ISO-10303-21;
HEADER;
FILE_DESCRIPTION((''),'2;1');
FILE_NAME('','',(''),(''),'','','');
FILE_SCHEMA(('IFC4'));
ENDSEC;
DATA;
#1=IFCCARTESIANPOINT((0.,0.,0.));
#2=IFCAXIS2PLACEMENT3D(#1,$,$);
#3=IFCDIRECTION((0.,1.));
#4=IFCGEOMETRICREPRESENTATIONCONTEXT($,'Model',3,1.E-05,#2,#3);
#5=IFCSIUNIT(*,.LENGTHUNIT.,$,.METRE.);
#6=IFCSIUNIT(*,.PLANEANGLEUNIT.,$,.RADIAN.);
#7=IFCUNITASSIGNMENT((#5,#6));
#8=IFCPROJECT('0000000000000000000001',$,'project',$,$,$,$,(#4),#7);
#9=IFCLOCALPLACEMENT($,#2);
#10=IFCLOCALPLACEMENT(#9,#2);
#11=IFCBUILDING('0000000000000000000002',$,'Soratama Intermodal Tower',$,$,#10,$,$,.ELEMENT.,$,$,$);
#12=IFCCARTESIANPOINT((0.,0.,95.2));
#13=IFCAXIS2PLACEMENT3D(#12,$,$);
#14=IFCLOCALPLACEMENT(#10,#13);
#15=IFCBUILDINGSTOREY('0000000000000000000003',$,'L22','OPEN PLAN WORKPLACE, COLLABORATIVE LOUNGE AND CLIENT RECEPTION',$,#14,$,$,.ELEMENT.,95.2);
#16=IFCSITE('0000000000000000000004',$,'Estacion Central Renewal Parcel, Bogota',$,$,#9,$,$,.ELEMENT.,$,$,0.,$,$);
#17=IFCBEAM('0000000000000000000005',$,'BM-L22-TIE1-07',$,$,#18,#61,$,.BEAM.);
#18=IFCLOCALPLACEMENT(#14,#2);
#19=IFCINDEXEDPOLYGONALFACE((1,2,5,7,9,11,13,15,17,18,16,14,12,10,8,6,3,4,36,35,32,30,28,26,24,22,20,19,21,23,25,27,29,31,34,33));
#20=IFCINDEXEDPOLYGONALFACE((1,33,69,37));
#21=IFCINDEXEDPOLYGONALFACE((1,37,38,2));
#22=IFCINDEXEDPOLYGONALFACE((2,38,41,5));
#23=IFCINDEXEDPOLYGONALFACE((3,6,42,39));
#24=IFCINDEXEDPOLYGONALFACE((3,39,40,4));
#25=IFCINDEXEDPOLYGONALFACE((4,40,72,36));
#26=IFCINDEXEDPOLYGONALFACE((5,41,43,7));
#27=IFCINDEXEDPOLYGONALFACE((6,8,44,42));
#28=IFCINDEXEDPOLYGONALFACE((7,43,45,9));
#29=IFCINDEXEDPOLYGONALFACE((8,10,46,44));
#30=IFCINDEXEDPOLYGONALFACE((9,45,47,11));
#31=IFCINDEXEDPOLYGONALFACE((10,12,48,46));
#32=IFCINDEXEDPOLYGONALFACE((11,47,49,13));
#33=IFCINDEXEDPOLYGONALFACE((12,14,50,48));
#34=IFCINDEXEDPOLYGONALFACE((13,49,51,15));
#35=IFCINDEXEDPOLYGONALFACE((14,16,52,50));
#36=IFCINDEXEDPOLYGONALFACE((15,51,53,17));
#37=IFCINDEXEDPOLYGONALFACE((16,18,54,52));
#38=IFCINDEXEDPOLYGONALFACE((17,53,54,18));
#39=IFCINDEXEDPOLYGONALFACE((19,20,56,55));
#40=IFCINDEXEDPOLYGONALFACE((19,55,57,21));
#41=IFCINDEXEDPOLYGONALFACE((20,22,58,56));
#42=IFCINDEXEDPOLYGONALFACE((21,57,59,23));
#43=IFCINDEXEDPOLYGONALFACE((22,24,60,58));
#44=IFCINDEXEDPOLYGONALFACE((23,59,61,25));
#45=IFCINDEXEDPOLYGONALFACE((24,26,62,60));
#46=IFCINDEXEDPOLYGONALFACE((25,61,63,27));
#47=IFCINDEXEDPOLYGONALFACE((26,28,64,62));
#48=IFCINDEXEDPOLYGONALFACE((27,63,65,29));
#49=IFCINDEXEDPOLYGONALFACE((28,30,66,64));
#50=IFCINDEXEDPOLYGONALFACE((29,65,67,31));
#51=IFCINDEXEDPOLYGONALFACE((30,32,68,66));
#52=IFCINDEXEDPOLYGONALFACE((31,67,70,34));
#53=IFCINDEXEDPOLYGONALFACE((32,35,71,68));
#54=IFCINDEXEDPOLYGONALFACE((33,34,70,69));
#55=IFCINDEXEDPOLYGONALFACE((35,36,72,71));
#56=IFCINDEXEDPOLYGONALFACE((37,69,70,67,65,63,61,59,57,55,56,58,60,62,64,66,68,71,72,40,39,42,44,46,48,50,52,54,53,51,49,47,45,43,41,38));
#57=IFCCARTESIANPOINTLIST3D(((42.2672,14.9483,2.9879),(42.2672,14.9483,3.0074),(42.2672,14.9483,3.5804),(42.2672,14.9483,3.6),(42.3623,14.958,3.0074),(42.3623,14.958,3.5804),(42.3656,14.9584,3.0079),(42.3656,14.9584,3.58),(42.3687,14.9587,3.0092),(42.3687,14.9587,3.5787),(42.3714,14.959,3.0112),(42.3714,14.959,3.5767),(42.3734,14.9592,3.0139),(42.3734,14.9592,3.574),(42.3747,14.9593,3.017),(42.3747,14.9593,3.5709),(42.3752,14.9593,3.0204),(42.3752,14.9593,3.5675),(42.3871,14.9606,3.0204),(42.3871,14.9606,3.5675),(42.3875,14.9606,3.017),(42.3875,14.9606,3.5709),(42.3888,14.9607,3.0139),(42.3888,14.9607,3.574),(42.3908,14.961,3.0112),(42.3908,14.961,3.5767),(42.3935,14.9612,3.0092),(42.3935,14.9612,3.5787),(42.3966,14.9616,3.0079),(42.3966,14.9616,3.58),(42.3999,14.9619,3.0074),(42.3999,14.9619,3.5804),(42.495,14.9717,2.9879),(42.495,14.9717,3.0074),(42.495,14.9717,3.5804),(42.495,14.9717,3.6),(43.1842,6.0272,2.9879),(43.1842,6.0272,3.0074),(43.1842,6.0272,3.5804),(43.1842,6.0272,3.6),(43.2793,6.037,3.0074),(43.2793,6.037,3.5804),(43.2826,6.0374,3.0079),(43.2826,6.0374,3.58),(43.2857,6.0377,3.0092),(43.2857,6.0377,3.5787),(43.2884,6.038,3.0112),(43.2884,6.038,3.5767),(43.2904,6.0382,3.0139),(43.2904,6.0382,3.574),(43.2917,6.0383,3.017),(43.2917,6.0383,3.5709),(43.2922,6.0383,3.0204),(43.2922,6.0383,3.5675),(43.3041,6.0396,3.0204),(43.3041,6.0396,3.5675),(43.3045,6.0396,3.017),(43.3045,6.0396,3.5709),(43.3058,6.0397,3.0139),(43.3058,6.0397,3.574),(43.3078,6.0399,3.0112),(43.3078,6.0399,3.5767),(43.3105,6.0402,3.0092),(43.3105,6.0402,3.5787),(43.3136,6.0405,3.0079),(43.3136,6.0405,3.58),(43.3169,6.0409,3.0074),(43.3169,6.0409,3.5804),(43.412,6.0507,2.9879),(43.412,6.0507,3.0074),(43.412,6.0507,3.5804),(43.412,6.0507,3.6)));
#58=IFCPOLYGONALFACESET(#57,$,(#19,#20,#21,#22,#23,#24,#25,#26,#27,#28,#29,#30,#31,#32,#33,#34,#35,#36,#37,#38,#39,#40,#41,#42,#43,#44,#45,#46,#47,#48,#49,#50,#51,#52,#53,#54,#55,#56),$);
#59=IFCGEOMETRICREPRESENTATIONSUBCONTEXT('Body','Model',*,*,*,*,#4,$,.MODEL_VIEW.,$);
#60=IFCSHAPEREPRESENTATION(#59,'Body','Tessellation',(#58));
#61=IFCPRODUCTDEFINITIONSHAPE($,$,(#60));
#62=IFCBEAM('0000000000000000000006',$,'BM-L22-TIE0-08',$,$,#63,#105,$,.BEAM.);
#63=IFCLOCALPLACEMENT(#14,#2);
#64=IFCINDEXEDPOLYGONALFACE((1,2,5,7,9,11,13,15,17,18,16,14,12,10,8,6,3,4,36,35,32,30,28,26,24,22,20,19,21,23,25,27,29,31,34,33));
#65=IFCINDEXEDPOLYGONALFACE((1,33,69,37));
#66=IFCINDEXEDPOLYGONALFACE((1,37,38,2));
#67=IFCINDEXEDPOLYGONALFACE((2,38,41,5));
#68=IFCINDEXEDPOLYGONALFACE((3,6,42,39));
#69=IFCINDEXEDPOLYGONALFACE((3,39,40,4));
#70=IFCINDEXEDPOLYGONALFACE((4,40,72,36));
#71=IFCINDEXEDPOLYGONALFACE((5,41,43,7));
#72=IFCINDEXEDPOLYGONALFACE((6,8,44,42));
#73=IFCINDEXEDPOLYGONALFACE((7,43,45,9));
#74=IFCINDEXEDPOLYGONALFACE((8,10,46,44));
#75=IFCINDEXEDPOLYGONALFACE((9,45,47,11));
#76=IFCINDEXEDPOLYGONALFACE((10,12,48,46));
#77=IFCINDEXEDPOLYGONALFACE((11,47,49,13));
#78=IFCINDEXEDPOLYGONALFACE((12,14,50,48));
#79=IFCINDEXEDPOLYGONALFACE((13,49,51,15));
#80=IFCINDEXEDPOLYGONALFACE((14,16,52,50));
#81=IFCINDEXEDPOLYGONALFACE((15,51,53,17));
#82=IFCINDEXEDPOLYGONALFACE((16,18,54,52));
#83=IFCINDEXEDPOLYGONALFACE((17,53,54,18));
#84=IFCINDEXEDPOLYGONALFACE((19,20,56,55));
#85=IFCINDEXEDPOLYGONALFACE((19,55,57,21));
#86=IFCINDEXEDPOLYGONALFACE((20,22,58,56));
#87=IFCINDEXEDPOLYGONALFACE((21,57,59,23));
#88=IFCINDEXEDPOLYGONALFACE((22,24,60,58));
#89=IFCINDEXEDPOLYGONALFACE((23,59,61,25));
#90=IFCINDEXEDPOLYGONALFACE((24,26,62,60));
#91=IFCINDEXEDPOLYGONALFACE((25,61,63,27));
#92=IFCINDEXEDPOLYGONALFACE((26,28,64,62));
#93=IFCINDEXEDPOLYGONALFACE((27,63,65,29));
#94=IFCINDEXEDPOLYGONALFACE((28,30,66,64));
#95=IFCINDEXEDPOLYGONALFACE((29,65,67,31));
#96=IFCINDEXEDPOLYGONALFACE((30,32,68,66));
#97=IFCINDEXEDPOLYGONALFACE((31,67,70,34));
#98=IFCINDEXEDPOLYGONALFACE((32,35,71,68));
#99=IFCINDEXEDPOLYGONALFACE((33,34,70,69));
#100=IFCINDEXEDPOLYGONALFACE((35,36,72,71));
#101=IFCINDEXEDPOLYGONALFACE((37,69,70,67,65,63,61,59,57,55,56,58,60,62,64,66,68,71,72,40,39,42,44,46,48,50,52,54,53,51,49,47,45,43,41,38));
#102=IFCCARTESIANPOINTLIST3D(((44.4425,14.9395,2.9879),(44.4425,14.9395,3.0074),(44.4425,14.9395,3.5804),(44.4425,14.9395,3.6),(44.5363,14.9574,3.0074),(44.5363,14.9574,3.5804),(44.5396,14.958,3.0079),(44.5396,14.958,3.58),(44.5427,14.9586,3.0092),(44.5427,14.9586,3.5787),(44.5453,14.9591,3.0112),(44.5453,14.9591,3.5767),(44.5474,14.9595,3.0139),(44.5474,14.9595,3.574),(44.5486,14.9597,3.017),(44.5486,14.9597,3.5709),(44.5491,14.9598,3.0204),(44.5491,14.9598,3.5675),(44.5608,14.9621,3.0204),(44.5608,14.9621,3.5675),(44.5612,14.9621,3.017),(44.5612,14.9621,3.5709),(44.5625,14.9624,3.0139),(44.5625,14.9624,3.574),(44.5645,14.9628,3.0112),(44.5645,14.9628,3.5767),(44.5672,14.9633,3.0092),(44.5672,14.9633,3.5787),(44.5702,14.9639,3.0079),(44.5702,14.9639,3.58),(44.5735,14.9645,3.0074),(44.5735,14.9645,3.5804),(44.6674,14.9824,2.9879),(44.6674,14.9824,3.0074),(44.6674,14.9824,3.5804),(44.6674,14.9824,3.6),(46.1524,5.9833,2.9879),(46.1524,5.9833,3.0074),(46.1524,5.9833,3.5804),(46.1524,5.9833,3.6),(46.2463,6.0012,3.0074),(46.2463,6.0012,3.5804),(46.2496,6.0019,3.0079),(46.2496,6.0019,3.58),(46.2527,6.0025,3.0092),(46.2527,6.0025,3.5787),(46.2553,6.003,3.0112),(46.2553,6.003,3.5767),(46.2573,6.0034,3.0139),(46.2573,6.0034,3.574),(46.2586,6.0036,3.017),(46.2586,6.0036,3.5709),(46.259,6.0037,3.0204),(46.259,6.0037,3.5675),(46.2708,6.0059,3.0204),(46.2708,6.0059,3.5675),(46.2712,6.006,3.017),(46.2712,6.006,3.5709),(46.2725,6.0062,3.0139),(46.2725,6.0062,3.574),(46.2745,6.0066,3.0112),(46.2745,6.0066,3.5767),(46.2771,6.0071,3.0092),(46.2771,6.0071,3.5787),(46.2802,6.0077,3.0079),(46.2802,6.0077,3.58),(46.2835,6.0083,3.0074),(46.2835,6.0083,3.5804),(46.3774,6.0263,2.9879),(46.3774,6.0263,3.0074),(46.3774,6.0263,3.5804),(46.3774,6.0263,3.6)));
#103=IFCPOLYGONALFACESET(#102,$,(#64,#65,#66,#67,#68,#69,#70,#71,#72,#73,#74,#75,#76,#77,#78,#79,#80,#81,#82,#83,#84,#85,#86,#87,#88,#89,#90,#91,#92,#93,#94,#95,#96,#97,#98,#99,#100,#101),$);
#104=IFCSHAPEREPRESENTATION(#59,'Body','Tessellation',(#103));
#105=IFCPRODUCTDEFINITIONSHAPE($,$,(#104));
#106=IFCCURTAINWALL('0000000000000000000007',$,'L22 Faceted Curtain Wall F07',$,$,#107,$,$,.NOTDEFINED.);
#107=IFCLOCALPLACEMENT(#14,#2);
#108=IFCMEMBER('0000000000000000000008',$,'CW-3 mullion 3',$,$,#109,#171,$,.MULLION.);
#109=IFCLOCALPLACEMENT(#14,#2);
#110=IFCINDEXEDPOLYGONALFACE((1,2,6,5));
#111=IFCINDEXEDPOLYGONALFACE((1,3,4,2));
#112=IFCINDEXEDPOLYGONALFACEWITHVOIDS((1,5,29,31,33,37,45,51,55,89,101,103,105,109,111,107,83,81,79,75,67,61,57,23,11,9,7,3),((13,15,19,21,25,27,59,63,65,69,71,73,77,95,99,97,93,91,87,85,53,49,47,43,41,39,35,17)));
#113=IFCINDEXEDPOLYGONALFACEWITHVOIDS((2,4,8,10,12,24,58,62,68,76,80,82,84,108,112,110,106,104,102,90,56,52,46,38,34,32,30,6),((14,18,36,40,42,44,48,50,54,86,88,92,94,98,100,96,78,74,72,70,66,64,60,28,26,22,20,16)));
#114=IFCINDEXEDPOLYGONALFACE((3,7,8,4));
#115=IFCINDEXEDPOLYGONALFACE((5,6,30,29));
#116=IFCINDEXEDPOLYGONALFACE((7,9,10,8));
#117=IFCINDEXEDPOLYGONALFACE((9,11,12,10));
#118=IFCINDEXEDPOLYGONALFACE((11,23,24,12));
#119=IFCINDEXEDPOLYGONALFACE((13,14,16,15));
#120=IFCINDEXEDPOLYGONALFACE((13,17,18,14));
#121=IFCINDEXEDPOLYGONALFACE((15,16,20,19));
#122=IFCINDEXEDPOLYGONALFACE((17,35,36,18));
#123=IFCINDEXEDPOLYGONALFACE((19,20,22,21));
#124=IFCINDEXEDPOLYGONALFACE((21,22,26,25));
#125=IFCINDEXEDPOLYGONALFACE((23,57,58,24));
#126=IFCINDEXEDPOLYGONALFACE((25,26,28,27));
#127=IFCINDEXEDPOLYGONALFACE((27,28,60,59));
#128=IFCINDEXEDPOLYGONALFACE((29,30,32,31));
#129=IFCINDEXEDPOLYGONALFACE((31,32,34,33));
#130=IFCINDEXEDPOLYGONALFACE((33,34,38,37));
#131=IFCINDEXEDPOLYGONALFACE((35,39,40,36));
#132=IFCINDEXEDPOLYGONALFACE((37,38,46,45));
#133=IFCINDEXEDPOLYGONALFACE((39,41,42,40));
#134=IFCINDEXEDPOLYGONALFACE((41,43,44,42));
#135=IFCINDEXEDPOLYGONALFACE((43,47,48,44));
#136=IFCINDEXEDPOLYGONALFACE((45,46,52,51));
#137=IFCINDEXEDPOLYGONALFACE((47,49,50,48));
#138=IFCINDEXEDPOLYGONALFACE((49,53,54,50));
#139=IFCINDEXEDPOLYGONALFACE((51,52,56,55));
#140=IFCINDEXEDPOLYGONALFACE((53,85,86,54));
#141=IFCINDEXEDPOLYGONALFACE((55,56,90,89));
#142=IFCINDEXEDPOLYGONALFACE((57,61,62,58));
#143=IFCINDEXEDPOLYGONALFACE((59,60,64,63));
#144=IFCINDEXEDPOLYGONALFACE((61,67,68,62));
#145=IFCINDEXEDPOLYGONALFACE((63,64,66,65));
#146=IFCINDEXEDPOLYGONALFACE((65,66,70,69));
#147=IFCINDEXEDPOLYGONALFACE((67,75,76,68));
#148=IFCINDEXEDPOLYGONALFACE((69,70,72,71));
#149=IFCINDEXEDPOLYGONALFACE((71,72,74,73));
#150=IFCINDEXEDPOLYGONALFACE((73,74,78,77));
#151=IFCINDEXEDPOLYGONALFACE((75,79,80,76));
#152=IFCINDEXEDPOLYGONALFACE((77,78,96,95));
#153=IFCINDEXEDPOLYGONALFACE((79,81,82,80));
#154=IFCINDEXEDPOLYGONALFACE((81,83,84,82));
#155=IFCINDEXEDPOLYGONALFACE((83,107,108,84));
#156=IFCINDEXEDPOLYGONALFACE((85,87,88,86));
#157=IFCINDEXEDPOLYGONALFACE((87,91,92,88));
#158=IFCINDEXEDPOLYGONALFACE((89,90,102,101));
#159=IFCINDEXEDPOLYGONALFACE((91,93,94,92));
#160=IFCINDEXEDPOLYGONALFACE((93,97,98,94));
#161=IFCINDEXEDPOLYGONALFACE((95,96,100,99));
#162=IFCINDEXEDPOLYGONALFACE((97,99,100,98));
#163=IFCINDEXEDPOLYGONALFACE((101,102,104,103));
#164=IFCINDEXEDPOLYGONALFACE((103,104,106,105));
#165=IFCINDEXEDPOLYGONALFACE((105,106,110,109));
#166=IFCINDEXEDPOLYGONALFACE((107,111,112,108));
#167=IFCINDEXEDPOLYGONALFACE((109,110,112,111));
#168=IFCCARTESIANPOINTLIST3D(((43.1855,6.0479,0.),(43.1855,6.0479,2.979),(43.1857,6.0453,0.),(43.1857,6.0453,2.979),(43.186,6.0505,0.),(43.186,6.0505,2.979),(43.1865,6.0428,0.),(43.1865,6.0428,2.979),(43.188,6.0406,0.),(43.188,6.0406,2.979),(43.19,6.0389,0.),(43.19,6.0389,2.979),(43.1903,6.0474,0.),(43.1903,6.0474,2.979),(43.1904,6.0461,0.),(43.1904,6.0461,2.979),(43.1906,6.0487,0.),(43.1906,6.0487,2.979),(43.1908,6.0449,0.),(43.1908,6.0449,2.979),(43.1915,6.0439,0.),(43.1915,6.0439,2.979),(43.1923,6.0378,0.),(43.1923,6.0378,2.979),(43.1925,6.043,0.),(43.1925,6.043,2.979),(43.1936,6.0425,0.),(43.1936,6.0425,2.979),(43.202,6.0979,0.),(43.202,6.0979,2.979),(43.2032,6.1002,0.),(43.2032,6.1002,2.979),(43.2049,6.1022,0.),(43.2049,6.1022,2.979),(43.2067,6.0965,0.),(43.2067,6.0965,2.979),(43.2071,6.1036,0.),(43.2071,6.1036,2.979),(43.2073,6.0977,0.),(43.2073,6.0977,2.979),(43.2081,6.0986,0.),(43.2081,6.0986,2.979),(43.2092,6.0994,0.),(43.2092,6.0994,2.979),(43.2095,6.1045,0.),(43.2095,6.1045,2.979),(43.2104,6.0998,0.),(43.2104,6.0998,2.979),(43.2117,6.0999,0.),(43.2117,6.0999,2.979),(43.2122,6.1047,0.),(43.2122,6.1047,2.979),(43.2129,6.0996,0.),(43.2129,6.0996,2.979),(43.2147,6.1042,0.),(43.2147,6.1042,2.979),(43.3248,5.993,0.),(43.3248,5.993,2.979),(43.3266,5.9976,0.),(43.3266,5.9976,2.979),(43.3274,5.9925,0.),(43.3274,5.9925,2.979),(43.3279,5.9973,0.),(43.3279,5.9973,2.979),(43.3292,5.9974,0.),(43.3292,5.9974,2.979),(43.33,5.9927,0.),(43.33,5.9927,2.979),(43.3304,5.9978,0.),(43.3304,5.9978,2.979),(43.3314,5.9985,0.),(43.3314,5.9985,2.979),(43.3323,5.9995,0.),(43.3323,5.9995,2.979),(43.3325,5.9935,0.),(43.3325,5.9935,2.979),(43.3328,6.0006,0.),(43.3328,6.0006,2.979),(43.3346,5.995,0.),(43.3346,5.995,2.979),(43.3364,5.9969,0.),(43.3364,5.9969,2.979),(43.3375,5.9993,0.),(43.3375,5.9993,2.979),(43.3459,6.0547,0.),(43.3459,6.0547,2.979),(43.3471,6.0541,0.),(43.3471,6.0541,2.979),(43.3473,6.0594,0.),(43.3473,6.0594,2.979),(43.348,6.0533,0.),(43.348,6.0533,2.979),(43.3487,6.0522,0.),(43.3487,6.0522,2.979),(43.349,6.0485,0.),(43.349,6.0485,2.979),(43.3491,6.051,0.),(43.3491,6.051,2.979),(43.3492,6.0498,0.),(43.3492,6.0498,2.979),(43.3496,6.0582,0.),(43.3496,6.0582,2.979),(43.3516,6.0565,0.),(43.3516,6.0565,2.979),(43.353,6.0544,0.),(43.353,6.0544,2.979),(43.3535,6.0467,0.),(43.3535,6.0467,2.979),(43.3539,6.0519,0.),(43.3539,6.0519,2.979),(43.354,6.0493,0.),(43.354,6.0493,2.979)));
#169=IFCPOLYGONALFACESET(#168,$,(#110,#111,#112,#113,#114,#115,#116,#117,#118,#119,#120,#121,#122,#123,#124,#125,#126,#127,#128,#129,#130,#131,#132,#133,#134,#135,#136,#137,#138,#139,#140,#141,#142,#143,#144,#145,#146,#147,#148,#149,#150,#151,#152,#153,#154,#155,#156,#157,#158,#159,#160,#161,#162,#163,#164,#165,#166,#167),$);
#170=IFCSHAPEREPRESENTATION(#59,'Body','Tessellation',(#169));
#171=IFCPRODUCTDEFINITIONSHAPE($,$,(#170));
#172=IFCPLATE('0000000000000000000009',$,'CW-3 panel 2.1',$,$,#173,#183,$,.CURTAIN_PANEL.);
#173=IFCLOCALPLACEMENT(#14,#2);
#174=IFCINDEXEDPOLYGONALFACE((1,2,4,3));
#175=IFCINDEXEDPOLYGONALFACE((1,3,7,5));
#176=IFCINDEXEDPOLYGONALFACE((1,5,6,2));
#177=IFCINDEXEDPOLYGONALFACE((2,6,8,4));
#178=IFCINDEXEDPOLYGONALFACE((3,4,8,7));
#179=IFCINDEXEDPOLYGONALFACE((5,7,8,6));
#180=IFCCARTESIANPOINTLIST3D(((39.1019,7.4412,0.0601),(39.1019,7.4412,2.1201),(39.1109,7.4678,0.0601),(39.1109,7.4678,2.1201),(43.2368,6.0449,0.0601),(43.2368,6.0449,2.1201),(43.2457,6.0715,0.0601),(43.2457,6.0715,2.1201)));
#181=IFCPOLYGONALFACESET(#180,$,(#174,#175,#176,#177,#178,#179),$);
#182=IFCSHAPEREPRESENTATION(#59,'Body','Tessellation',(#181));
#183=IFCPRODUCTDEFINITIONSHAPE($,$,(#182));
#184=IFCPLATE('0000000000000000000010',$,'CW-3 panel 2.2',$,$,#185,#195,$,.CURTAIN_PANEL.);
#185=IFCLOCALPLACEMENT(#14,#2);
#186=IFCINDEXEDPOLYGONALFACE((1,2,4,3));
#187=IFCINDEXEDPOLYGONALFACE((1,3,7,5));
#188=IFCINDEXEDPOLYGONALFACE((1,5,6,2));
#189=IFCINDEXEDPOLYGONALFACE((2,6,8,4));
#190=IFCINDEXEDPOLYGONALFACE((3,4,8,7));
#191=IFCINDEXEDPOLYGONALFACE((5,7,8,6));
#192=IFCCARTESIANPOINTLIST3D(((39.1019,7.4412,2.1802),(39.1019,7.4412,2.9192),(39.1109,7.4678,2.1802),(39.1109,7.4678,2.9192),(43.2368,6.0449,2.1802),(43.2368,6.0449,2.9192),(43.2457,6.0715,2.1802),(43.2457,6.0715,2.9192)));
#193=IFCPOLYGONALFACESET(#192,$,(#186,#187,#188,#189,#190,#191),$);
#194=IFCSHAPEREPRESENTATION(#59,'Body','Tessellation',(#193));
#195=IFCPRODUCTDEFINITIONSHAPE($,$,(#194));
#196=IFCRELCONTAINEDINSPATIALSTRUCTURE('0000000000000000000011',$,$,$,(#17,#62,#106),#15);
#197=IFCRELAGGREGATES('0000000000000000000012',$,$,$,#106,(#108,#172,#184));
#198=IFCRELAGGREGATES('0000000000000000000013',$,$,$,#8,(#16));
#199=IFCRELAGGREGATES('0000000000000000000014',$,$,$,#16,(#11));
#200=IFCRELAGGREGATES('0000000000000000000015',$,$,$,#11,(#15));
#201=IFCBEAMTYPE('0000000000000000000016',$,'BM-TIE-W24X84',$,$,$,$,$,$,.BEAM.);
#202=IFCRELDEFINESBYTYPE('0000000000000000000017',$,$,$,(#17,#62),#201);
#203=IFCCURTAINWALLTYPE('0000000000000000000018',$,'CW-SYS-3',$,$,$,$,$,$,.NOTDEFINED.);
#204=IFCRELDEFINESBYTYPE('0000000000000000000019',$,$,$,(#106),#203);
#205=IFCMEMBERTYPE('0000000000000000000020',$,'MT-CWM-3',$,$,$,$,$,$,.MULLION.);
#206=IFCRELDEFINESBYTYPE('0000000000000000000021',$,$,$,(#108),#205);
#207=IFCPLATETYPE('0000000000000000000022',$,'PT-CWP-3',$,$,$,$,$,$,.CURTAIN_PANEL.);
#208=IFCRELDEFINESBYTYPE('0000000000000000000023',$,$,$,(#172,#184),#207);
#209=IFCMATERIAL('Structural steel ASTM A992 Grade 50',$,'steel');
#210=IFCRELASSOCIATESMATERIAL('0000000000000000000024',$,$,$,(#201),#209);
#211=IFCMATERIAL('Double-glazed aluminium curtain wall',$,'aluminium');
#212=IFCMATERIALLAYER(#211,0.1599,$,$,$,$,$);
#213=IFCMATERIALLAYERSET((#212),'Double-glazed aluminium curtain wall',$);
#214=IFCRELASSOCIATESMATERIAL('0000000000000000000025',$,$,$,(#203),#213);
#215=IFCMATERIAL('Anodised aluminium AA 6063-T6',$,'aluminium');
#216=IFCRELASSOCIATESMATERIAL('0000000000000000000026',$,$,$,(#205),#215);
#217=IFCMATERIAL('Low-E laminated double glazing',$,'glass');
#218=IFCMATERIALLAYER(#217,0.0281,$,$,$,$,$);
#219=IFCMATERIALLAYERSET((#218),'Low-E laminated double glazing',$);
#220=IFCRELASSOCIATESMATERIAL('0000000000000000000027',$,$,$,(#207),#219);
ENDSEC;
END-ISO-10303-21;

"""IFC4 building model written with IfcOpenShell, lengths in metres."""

from ifc_helpers import new_model, si_unit, direction, frame, origin, origin_2d, place, context, subcontext, project, spatial, rectangle, hollow_rectangle, i_section, extrude, material, layer, layer_set, material_profile, profile_set, type_object, element, aggregate, save


model = new_model("IFC4")

# Units and contexts
model_context = context("Model", 3, precision=1e-05, world=origin(), true_north=direction((0.0, 1.0)))
body_context = subcontext(model_context, "Body", "Model", "MODEL_VIEW")
ifc_project = project(units=[si_unit("LENGTHUNIT", "METRE"), si_unit("PLANEANGLEUNIT", "RADIAN")], contexts=[model_context])

# Site, building, storey
site_placement = place(None, origin())
site = spatial("IfcSite", under=ifc_project, at=site_placement, Name="Estacion Central Renewal Parcel, Bogota", CompositionType="ELEMENT", RefElevation=0.0)
building_placement = place(site_placement, origin())
building = spatial("IfcBuilding", under=site, at=building_placement, Name="Soratama Intermodal Tower", CompositionType="ELEMENT")
storey_placement = place(building_placement, frame((0.0, 0.0, 95.2)))
storey = spatial("IfcBuildingStorey", under=building, at=storey_placement, Name="L22", Description="OPEN PLAN WORKPLACE, COLLABORATIVE LOUNGE AND CLIENT RECEPTION", CompositionType="ELEMENT", Elevation=95.2)

# Beams
ifc_material_1 = material(Name="Structural steel ASTM A992 Grade 50", Category="steel")
ifc_material_profile_1 = material_profile(ifc_material_1, i_section(OverallWidth=0.229, OverallDepth=0.6121, WebThickness=0.012, FlangeThickness=0.0195, FilletRadius=0.0129, at=origin_2d()), Name="W24X84")
ifc_profile_set_1 = profile_set([ifc_material_profile_1], Name="Structural steel ASTM A992 Grade 50")
beam_type_1 = type_object("IfcBeamType", Name="BM-TIE-W24X84", PredefinedType="BEAM", material=ifc_profile_set_1)
beam_1_placement = place(storey_placement, frame((42.3811, 14.96, 3.2939), z_axis=(0.102253, -0.994758, 0.0), x_axis=(0.994758, 0.102253, 0.0)))
element("IfcBeam", 1, at=beam_1_placement, inside=storey, type_object=beam_type_1, Name="BM-L22-TIE1-07", PredefinedType="BEAM", context=body_context, shape_type="SweptSolid", body=[
    extrude(i_section(OverallWidth=0.229, OverallDepth=0.6121, WebThickness=0.012, FlangeThickness=0.0195, FilletRadius=0.0129, at=origin_2d()), origin(), (0.0, 0.0, 1.0), 8.968),
])
beam_2_placement = place(storey_placement, frame((44.5549, 14.9609, 3.2939), z_axis=(0.18754, -0.982257, 0.0), x_axis=(0.982257, 0.18754, 0.0)))
element("IfcBeam", 2, at=beam_2_placement, inside=storey, type_object=beam_type_1, Name="BM-L22-TIE0-08", PredefinedType="BEAM", context=body_context, shape_type="SweptSolid", body=[
    extrude(i_section(OverallWidth=0.229, OverallDepth=0.6121, WebThickness=0.012, FlangeThickness=0.0195, FilletRadius=0.0129, at=origin_2d()), origin(), (0.0, 0.0, 1.0), 9.1179),
])

# Curtain wall, member, plates
ifc_material_2 = material(Name="Double-glazed aluminium curtain wall", Category="aluminium")
ifc_layer_1 = layer(ifc_material_2, 0.1599)
ifc_layer_set_1 = layer_set([ifc_layer_1], Name="Double-glazed aluminium curtain wall")
curtain_wall_type = type_object("IfcCurtainWallType", Name="CW-SYS-3", PredefinedType="NOTDEFINED", material=ifc_layer_set_1)
curtain_wall_placement = place(storey_placement, origin())
curtain_wall = element("IfcCurtainWall", 3, at=curtain_wall_placement, inside=storey, type_object=curtain_wall_type, Name="L22 Faceted Curtain Wall F07", PredefinedType="NOTDEFINED")
ifc_material_3 = material(Name="Anodised aluminium AA 6063-T6", Category="aluminium")
ifc_material_profile_2 = material_profile(ifc_material_3, hollow_rectangle(XDim=0.0701, YDim=0.1599, WallThickness=0.0049, InnerFilletRadius=0.0049, OuterFilletRadius=0.01, at=origin_2d()), Name="CWM160X70X5")
ifc_profile_set_2 = profile_set([ifc_material_profile_2], Name="Anodised aluminium AA 6063-T6")
member_type = type_object("IfcMemberType", Name="MT-CWM-3", PredefinedType="MULLION", material=ifc_profile_set_2)
member_placement = place(storey_placement, frame((43.2698, 6.0486, 0.0), z_axis=(0.0, 0.0, 1.0), x_axis=(0.319953, 0.947433, 0.0)))
member = element("IfcMember", 4, at=member_placement, type_object=member_type, Name="CW-3 mullion 3", PredefinedType="MULLION", context=body_context, shape_type="SweptSolid", body=[
    extrude(hollow_rectangle(XDim=0.0701, YDim=0.1599, WallThickness=0.0049, InnerFilletRadius=0.0049, OuterFilletRadius=0.01, at=origin_2d()), origin(), (0.0, 0.0, 1.0), 2.979),
])
ifc_material_4 = material(Name="Low-E laminated double glazing", Category="glass")
ifc_layer_2 = layer(ifc_material_4, 0.0281)
ifc_layer_set_2 = layer_set([ifc_layer_2], Name="Low-E laminated double glazing")
plate_type = type_object("IfcPlateType", Name="PT-CWP-3", PredefinedType="CURTAIN_PANEL", material=ifc_layer_set_2)
plate_1_placement = place(storey_placement, frame((41.1738, 6.7563, 0.0601), z_axis=(0.0, 0.0, 1.0), x_axis=(0.947433, -0.319953, 0.0)))
plate_1 = element("IfcPlate", 5, at=plate_1_placement, type_object=plate_type, Name="CW-3 panel 2.1", PredefinedType="CURTAIN_PANEL", context=body_context, shape_type="SweptSolid", body=[
    extrude(rectangle(XDim=4.3643, YDim=0.0281, at=origin_2d()), origin(), (0.0, 0.0, 1.0), 2.0601),
])
plate_2_placement = place(storey_placement, frame((41.1738, 6.7563, 2.1802), z_axis=(0.0, 0.0, 1.0), x_axis=(0.947433, -0.319953, 0.0)))
plate_2 = element("IfcPlate", 6, at=plate_2_placement, type_object=plate_type, Name="CW-3 panel 2.2", PredefinedType="CURTAIN_PANEL", context=body_context, shape_type="SweptSolid", body=[
    extrude(rectangle(XDim=4.3643, YDim=0.0281, at=origin_2d()), origin(), (0.0, 0.0, 1.0), 0.739),
])
aggregate(curtain_wall, [member, plate_1, plate_2])

save(model, "model.ifc")
